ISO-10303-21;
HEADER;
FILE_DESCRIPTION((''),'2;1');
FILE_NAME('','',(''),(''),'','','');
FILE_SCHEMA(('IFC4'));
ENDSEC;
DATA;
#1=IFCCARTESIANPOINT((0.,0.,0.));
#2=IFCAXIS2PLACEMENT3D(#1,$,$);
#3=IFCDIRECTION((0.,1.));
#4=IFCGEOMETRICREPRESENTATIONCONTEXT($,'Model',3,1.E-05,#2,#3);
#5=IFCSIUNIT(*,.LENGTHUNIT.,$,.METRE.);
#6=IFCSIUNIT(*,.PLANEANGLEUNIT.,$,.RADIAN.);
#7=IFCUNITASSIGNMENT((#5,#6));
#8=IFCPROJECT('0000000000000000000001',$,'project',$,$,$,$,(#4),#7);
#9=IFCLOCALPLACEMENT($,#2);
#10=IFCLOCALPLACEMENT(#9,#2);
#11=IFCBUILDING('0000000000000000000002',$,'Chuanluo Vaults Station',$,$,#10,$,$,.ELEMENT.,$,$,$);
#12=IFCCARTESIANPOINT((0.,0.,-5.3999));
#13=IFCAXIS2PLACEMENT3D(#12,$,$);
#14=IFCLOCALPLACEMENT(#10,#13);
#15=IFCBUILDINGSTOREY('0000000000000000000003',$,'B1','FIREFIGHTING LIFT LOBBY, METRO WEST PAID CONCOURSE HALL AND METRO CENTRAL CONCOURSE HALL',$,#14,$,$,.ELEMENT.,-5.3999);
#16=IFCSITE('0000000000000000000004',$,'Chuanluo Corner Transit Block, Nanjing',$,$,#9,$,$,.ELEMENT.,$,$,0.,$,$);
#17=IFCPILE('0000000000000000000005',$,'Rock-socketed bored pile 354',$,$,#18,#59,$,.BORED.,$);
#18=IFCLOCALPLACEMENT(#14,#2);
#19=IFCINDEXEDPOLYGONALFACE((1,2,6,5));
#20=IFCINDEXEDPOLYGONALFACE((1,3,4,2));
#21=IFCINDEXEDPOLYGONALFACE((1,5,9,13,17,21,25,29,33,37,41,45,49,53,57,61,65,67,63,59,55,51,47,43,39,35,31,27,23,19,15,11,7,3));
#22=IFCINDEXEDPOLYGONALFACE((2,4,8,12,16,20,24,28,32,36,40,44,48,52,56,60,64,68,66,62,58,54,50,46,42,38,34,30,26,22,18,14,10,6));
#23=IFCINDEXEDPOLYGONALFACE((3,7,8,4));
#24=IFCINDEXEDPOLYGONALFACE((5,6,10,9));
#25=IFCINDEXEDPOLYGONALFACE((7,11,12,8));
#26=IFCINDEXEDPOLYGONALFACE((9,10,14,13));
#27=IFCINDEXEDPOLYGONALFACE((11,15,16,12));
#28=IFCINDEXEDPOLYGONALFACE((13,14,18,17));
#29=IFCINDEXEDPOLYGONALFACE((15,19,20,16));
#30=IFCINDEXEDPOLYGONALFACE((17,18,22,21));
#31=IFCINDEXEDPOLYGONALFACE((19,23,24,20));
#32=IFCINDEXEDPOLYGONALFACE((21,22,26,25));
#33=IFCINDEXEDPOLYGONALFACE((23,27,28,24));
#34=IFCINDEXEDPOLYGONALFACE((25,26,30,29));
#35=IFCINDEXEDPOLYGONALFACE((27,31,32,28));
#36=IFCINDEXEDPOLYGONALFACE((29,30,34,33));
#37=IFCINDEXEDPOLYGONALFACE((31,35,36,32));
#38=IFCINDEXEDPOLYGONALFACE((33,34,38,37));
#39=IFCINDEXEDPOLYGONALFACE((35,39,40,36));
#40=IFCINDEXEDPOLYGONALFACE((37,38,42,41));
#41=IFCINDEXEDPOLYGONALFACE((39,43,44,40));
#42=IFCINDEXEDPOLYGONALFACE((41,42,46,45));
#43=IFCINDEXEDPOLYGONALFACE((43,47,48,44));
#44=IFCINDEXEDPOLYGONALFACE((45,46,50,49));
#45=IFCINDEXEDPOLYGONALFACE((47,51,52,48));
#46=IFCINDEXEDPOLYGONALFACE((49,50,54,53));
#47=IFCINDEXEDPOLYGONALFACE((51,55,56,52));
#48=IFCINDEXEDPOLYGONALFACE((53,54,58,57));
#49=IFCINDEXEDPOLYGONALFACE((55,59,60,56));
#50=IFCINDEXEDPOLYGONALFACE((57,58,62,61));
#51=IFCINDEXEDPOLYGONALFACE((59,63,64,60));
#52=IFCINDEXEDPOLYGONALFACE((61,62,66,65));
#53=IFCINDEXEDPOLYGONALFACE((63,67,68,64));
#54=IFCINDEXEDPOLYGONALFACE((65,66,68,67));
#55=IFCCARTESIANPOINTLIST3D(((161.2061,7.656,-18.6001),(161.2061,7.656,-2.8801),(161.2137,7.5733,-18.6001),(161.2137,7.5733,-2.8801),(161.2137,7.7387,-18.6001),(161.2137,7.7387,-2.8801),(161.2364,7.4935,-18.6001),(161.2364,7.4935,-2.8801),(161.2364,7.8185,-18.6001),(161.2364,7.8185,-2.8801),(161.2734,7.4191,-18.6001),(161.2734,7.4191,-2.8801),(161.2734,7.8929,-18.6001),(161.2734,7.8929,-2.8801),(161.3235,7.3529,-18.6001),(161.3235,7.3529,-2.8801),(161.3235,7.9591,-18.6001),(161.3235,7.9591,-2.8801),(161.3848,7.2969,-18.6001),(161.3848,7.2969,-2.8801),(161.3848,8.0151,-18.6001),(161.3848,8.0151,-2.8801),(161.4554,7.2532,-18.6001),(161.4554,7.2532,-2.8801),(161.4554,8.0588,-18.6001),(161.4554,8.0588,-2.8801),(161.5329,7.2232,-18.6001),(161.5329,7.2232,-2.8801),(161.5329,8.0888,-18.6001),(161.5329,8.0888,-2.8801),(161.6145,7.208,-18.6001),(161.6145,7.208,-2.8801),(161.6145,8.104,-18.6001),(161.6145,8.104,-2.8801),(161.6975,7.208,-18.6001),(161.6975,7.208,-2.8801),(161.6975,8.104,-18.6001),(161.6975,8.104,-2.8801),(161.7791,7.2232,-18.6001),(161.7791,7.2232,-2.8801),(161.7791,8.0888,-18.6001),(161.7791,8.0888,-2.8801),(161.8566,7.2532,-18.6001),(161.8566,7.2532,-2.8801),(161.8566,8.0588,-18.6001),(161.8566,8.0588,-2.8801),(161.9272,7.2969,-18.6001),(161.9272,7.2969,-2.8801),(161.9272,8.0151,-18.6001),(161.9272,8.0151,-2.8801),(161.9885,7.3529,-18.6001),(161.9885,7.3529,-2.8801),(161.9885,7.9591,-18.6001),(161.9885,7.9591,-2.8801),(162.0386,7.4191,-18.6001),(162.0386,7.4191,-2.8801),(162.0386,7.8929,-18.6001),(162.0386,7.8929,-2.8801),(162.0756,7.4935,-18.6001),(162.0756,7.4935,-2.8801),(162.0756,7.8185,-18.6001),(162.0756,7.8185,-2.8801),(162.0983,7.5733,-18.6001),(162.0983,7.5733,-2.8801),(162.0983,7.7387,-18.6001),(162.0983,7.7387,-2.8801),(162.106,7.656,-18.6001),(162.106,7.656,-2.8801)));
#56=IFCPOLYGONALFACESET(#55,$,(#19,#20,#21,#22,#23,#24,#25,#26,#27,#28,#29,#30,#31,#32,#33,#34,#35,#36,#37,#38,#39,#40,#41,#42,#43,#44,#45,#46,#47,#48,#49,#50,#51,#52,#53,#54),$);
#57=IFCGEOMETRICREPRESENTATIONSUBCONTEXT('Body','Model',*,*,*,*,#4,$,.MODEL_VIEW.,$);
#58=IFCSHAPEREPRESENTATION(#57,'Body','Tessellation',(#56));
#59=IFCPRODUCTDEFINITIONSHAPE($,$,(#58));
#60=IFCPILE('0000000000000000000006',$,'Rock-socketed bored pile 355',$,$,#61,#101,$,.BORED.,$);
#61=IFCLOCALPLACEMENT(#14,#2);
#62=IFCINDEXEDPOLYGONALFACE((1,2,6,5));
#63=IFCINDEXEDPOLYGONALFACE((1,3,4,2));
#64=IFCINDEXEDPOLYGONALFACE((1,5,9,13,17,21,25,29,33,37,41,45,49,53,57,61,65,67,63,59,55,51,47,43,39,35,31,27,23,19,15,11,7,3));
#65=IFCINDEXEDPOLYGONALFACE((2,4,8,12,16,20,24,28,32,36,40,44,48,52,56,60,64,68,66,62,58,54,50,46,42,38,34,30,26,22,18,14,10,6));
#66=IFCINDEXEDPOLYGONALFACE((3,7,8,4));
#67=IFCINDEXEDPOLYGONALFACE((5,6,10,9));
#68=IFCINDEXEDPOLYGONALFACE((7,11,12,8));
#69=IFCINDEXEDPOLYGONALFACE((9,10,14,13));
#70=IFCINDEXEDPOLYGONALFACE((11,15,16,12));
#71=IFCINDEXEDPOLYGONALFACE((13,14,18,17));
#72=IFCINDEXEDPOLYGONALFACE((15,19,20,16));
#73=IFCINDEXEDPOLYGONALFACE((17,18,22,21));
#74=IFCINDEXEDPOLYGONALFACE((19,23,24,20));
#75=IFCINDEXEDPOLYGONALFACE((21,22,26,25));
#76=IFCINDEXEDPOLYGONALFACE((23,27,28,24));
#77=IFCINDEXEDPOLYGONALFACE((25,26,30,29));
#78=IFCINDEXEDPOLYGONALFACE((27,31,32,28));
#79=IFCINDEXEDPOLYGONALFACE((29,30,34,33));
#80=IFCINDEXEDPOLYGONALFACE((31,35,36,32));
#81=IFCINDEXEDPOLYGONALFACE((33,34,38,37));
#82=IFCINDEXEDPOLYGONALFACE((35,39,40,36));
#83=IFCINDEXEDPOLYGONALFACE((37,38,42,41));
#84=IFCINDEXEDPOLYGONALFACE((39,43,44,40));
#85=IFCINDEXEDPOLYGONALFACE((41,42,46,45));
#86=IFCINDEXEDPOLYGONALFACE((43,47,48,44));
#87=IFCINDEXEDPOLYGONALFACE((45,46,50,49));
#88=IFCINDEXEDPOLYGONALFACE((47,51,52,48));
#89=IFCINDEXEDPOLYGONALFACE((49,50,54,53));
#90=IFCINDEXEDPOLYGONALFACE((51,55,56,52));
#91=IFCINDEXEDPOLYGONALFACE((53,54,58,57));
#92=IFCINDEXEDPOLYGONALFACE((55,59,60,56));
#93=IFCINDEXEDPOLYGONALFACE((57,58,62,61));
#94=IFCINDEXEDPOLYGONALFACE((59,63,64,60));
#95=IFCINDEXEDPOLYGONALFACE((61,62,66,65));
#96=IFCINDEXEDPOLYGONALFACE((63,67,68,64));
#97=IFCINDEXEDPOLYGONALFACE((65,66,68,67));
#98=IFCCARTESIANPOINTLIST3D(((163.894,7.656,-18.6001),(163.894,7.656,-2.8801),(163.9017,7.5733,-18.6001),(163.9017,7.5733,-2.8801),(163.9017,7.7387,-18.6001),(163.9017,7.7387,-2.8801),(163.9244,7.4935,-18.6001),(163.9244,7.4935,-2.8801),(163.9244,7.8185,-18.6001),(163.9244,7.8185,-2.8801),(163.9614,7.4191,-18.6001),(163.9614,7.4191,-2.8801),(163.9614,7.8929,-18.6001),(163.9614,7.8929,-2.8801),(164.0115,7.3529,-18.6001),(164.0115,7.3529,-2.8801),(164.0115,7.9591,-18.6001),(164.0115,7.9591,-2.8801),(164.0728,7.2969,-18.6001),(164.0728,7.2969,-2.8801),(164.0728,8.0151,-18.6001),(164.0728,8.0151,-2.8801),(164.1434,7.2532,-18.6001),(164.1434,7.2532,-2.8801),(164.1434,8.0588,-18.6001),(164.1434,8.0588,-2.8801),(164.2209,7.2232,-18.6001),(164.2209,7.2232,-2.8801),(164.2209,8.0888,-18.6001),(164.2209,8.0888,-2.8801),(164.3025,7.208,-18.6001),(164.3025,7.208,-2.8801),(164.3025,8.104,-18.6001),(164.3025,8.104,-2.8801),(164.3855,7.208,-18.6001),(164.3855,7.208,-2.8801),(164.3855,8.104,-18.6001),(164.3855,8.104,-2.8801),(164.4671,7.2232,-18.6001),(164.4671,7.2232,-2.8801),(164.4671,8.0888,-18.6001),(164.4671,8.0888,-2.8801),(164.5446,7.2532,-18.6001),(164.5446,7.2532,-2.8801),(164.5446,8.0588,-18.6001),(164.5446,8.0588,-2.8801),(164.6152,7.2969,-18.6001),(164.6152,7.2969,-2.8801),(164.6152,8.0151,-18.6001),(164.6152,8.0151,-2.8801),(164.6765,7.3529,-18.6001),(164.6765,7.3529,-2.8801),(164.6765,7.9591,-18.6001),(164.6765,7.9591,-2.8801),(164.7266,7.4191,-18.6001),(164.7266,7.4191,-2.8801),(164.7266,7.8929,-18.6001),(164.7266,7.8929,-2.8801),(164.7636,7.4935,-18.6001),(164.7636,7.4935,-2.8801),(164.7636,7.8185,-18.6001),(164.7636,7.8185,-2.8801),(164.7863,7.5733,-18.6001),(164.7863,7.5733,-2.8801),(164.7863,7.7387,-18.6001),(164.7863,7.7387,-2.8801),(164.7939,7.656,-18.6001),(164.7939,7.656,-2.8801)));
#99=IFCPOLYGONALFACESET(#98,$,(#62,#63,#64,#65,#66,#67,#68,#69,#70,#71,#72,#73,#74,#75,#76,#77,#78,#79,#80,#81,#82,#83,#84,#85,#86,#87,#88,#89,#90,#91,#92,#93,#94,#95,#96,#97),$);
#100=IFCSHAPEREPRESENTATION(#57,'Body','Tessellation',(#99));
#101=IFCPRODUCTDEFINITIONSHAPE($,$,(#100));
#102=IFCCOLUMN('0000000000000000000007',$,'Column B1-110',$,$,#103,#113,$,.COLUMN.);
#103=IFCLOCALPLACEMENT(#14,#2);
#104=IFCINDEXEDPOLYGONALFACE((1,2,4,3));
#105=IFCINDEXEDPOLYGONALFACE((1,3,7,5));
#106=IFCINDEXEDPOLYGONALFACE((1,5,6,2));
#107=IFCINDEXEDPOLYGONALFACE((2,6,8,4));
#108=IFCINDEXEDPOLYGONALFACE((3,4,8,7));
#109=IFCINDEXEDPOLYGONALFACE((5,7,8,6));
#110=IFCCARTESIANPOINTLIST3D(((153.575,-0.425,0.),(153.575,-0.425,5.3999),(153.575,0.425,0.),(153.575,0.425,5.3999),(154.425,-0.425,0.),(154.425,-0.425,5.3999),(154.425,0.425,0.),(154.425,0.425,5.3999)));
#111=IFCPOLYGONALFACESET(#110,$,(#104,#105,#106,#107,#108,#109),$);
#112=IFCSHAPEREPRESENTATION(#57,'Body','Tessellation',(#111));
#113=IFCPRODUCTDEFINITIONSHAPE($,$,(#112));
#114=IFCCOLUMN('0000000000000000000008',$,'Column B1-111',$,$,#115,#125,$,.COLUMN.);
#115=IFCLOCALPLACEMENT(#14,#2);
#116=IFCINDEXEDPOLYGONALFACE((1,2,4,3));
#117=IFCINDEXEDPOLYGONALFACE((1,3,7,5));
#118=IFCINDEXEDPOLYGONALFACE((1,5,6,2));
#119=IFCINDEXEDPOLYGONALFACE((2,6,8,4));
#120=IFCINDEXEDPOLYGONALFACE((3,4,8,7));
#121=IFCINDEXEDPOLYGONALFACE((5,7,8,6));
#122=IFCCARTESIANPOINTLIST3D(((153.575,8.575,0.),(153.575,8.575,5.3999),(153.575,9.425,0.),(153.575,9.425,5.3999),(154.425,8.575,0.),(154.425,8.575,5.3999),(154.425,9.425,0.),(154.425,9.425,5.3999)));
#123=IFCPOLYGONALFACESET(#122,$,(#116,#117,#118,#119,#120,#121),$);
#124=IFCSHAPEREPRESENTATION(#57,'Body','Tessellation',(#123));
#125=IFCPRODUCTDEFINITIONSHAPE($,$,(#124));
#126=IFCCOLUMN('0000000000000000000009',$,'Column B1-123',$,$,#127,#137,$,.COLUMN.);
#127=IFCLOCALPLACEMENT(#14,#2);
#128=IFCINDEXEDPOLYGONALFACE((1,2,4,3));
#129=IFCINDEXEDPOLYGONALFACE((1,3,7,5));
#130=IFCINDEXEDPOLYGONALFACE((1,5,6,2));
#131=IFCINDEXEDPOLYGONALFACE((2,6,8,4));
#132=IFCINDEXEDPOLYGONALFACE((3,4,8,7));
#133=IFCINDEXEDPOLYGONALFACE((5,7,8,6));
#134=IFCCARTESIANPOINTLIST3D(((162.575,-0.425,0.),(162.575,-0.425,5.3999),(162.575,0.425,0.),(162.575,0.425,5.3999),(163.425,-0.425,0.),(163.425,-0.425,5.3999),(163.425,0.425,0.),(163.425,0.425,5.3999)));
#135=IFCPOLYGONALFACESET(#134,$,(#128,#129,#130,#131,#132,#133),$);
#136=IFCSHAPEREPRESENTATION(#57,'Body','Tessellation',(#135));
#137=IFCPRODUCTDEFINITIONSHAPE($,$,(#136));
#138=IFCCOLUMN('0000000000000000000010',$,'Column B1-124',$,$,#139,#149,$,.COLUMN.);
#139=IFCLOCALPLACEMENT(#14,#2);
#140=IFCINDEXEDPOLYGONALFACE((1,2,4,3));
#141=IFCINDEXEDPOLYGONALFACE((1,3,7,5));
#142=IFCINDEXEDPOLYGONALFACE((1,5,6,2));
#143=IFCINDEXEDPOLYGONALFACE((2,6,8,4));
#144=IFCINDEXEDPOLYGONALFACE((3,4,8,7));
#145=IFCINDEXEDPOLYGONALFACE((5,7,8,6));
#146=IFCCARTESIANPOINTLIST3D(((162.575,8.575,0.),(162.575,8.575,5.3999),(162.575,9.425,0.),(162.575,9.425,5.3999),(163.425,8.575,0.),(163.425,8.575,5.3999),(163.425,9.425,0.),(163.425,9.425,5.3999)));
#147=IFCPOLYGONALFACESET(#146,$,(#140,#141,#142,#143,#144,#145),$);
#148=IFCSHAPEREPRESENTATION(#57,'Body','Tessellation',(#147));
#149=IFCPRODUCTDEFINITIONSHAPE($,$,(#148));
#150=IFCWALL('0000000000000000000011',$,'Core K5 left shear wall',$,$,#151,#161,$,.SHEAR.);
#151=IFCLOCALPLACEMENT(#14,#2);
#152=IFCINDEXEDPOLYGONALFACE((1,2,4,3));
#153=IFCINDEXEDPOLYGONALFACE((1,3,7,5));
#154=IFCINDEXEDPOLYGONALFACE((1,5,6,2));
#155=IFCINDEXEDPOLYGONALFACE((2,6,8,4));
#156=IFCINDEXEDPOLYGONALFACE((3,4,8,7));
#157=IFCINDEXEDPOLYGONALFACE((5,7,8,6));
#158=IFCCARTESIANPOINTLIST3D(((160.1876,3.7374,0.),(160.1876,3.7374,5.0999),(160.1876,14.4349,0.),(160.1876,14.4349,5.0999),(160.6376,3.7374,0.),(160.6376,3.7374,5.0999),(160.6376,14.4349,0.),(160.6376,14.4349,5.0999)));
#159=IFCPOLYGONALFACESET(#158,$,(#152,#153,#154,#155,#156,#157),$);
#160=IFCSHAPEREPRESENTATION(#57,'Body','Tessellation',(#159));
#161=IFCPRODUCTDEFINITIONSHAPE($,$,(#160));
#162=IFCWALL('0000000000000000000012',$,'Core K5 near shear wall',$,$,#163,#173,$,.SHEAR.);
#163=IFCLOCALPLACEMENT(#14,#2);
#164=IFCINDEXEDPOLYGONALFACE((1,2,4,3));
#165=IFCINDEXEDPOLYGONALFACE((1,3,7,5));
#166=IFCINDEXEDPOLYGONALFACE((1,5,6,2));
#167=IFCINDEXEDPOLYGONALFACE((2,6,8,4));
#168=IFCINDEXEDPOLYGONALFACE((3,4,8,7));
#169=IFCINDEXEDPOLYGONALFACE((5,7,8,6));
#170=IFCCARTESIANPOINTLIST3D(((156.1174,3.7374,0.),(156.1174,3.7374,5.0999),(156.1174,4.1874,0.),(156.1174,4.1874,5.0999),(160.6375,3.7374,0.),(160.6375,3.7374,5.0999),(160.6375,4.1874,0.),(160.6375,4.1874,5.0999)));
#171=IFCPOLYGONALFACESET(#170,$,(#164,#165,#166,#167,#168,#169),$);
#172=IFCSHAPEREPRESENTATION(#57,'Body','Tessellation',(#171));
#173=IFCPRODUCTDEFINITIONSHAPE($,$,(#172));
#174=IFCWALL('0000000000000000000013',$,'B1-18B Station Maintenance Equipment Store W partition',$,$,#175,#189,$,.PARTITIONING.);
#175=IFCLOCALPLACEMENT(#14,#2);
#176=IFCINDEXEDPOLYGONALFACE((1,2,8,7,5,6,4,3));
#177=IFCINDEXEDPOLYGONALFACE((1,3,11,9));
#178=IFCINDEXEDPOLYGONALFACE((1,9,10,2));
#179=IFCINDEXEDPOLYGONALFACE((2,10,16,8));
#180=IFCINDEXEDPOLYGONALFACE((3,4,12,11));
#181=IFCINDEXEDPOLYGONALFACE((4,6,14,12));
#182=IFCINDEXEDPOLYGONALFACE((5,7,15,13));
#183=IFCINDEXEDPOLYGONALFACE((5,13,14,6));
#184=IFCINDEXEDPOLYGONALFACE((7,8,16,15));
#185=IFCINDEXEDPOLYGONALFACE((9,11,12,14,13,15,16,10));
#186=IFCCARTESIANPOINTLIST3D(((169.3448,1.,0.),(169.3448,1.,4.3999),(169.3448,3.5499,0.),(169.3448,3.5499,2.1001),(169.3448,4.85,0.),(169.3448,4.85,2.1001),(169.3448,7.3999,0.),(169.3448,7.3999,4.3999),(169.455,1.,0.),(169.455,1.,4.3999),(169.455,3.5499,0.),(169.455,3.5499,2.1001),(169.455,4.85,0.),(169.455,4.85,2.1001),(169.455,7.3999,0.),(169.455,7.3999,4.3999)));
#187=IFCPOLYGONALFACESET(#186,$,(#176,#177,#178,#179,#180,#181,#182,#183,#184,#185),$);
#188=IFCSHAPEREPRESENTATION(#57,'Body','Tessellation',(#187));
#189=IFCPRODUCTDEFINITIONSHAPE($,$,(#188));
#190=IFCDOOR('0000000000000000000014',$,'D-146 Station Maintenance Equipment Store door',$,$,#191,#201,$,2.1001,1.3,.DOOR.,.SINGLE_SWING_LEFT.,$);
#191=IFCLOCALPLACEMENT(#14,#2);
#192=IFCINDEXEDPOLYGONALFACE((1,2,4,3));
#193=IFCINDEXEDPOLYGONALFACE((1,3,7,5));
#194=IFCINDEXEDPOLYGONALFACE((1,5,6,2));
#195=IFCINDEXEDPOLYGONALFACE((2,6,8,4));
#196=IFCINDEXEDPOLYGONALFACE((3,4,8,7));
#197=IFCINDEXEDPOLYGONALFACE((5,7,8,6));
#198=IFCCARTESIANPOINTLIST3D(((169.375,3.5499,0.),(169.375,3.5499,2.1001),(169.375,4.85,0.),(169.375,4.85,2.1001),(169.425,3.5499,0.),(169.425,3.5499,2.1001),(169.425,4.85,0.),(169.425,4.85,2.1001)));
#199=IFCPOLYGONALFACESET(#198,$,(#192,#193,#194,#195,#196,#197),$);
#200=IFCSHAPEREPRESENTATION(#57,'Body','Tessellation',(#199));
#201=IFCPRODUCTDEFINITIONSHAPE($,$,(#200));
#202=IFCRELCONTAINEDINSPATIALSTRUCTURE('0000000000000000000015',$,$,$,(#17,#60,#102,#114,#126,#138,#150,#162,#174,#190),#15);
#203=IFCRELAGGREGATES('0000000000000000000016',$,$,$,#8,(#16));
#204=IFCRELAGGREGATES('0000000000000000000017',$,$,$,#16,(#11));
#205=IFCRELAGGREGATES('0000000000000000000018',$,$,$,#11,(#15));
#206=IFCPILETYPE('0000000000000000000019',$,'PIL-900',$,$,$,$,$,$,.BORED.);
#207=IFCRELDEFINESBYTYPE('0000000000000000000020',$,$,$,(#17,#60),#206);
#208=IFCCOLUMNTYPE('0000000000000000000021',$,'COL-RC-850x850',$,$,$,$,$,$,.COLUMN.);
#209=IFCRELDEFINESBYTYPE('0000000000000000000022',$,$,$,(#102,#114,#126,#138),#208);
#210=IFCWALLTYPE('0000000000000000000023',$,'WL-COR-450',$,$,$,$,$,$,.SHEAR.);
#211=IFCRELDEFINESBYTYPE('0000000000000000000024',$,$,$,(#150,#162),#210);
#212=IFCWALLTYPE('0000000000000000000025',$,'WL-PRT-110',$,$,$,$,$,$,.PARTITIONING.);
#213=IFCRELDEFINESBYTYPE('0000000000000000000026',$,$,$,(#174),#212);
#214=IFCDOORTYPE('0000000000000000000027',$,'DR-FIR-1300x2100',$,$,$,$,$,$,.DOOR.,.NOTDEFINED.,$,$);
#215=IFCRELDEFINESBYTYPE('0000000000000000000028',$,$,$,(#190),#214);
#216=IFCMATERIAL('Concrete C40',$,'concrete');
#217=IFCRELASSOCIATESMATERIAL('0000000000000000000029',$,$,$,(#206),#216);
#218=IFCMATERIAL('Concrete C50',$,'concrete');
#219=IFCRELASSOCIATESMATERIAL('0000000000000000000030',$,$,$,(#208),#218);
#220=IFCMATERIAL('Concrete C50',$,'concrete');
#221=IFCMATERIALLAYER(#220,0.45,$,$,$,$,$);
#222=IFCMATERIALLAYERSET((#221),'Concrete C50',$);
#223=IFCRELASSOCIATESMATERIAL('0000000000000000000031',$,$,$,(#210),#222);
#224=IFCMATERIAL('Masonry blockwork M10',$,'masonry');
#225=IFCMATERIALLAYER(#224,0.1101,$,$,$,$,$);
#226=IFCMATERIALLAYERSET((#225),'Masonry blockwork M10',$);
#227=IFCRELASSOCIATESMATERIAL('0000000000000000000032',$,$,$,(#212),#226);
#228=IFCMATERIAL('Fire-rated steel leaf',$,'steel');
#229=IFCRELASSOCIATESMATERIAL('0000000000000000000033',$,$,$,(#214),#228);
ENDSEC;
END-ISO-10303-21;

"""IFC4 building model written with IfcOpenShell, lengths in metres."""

from ifc_helpers import new_model, si_unit, direction, frame, frame_2d, origin, origin_2d, place, context, subcontext, project, spatial, rectangle, circle, extrude, material, layer, layer_set, material_profile, profile_set, type_object, element, fill, save


model = new_model("IFC4")

# Units and contexts
model_context = context("Model", 3, precision=1e-05, world=origin(), true_north=direction((0.0, 1.0)))
body_context = subcontext(model_context, "Body", "Model", "MODEL_VIEW")
ifc_project = project(units=[si_unit("LENGTHUNIT", "METRE"), si_unit("PLANEANGLEUNIT", "RADIAN")], contexts=[model_context])

# Site, building, storey
site_placement = place(None, origin())
site = spatial("IfcSite", under=ifc_project, at=site_placement, Name="Chuanluo Corner Transit Block, Nanjing", CompositionType="ELEMENT", RefElevation=0.0)
building_placement = place(site_placement, origin())
building = spatial("IfcBuilding", under=site, at=building_placement, Name="Chuanluo Vaults Station", CompositionType="ELEMENT")
storey_placement = place(building_placement, frame((0.0, 0.0, -5.3999)))
storey = spatial("IfcBuildingStorey", under=building, at=storey_placement, Name="B1", Description="FIREFIGHTING LIFT LOBBY, METRO WEST PAID CONCOURSE HALL AND METRO CENTRAL CONCOURSE HALL", CompositionType="ELEMENT", Elevation=-5.3999)

# Piles
ifc_material_1 = material(Name="Concrete C40", Category="concrete")
ifc_material_profile_1 = material_profile(ifc_material_1, circle(Radius=0.45, at=origin_2d()))
ifc_profile_set_1 = profile_set([ifc_material_profile_1], Name="Concrete C40")
pile_type_1 = type_object("IfcPileType", Name="PIL-900", PredefinedType="BORED", material=ifc_profile_set_1)
for number, where, z_axis, x_axis, name in (
    (1, (161.656, 7.656, -2.8801), (0.0, 0.0, -1.0), (1.0, 0.0, 0.0), "Rock-socketed bored pile 354"),
    (2, (164.344, 7.656, -2.8801), (0.0, 0.0, -1.0), (1.0, 0.0, 0.0), "Rock-socketed bored pile 355"),
):
    element("IfcPile", number, at=place(storey_placement, frame(where, z_axis=z_axis, x_axis=x_axis)), inside=storey, type_object=pile_type_1, Name=name, PredefinedType="BORED", context=body_context, shape_type="SweptSolid", body=[
        extrude(circle(Radius=0.45, at=origin_2d()), origin(), (0.0, 0.0, 1.0), 15.72),
    ])

# Columns
ifc_material_2 = material(Name="Concrete C50", Category="concrete")
ifc_material_profile_2 = material_profile(ifc_material_2, rectangle(XDim=0.8501, YDim=0.8501, at=origin_2d()))
ifc_profile_set_2 = profile_set([ifc_material_profile_2], Name="Concrete C50")
column_type = type_object("IfcColumnType", Name="COL-RC-850x850", PredefinedType="COLUMN", material=ifc_profile_set_2)
for number, where, z_axis, x_axis, name in (
    (3, (154.0, 0.0, 0.0), (0.0, 0.0, 1.0), (1.0, 0.0, 0.0), "Column B1-110"),
    (4, (154.0, 9.0, 0.0), (0.0, 0.0, 1.0), (1.0, 0.0, 0.0), "Column B1-111"),
    (5, (163.0, 0.0, 0.0), (0.0, 0.0, 1.0), (1.0, 0.0, 0.0), "Column B1-123"),
    (6, (163.0, 9.0, 0.0), (0.0, 0.0, 1.0), (1.0, 0.0, 0.0), "Column B1-124"),
):
    element("IfcColumn", number, at=place(storey_placement, frame(where, z_axis=z_axis, x_axis=x_axis)), inside=storey, type_object=column_type, Name=name, PredefinedType="COLUMN", context=body_context, shape_type="SweptSolid", body=[
        extrude(rectangle(XDim=0.8501, YDim=0.8501, at=origin_2d()), origin(), (0.0, 0.0, 1.0), 5.3999),
    ])

# Walls
ifc_material_3 = material(Name="Concrete C50", Category="concrete")
ifc_layer_1 = layer(ifc_material_3, 0.45)
ifc_layer_set_1 = layer_set([ifc_layer_1], Name="Concrete C50")
wall_type_1 = type_object("IfcWallType", Name="WL-COR-450", PredefinedType="SHEAR", material=ifc_layer_set_1)
wall_1_placement = place(storey_placement, frame((160.4126, 3.7375, 0.0), z_axis=(0.0, 0.0, 1.0), x_axis=(0.0, 1.0, 0.0)))
element("IfcWall", 7, at=wall_1_placement, inside=storey, type_object=wall_type_1, Name="Core K5 left shear wall", PredefinedType="SHEAR", context=body_context, shape_type="SweptSolid", body=[
    extrude(rectangle(XDim=10.6975, YDim=0.45, at=frame_2d((5.3486, 0.0))), origin(), (0.0, 0.0, 1.0), 5.0999),
])
wall_2_placement = place(storey_placement, frame((156.1174, 3.9624, 0.0), z_axis=(0.0, 0.0, 1.0), x_axis=(1.0, 0.0, 0.0)))
element("IfcWall", 8, at=wall_2_placement, inside=storey, type_object=wall_type_1, Name="Core K5 near shear wall", PredefinedType="SHEAR", context=body_context, shape_type="SweptSolid", body=[
    extrude(rectangle(XDim=4.52, YDim=0.45, at=frame_2d((2.26, 0.0))), origin(), (0.0, 0.0, 1.0), 5.0999),
])

# Wall, opening, door
ifc_material_4 = material(Name="Masonry blockwork M10", Category="masonry")
ifc_layer_2 = layer(ifc_material_4, 0.1101)
ifc_layer_set_2 = layer_set([ifc_layer_2], Name="Masonry blockwork M10")
wall_type_2 = type_object("IfcWallType", Name="WL-PRT-110", PredefinedType="PARTITIONING", material=ifc_layer_set_2)
wall_3_placement = place(storey_placement, frame((169.3999, 1.0, 0.0), z_axis=(0.0, 0.0, 1.0), x_axis=(0.0, 1.0, 0.0)))
wall_3 = element("IfcWall", 9, at=wall_3_placement, inside=storey, type_object=wall_type_2, Name="B1-18B Station Maintenance Equipment Store W partition", PredefinedType="PARTITIONING", context=body_context, shape_type="SweptSolid", body=[
    extrude(rectangle(XDim=6.3999, YDim=0.1101, at=frame_2d((3.2, 0.0))), origin(), (0.0, 0.0, 1.0), 4.3999),
])
opening_placement = place(wall_3_placement, frame((2.55, 0.0, 0.0)))
opening = element("IfcOpeningElement", 10, at=opening_placement, cuts=wall_3, PredefinedType="OPENING", context=body_context, shape_type="SweptSolid", body=[
    extrude(rectangle(XDim=1.3, YDim=2.1001, at=frame_2d((0.6499, 1.05))), frame((0.0, 0.0652, 0.0), z_axis=(0.0, -1.0, 0.0), x_axis=(1.0, 0.0, 0.0)), (0.0, 0.0, 1.0), 0.1301),
])
ifc_material_5 = material(Name="Fire-rated steel leaf", Category="steel")
door_type = type_object("IfcDoorType", Name="DR-FIR-1300x2100", OperationType="NOTDEFINED", PredefinedType="DOOR", material=ifc_material_5)
door_placement = place(opening_placement, origin())
door = element("IfcDoor", 11, at=door_placement, inside=storey, type_object=door_type, Name="D-146 Station Maintenance Equipment Store door", OperationType="SINGLE_SWING_LEFT", OverallHeight=2.1001, OverallWidth=1.3, PredefinedType="DOOR", context=body_context, shape_type="SweptSolid", body=[
    extrude(rectangle(XDim=1.3, YDim=2.1001, at=frame_2d((0.6499, 1.05))), frame((0.0, 0.0249, 0.0), z_axis=(0.0, -1.0, 0.0), x_axis=(1.0, 0.0, 0.0)), (0.0, 0.0, 1.0), 0.05),
])
fill(opening, door)

save(model, "model.ifc")
